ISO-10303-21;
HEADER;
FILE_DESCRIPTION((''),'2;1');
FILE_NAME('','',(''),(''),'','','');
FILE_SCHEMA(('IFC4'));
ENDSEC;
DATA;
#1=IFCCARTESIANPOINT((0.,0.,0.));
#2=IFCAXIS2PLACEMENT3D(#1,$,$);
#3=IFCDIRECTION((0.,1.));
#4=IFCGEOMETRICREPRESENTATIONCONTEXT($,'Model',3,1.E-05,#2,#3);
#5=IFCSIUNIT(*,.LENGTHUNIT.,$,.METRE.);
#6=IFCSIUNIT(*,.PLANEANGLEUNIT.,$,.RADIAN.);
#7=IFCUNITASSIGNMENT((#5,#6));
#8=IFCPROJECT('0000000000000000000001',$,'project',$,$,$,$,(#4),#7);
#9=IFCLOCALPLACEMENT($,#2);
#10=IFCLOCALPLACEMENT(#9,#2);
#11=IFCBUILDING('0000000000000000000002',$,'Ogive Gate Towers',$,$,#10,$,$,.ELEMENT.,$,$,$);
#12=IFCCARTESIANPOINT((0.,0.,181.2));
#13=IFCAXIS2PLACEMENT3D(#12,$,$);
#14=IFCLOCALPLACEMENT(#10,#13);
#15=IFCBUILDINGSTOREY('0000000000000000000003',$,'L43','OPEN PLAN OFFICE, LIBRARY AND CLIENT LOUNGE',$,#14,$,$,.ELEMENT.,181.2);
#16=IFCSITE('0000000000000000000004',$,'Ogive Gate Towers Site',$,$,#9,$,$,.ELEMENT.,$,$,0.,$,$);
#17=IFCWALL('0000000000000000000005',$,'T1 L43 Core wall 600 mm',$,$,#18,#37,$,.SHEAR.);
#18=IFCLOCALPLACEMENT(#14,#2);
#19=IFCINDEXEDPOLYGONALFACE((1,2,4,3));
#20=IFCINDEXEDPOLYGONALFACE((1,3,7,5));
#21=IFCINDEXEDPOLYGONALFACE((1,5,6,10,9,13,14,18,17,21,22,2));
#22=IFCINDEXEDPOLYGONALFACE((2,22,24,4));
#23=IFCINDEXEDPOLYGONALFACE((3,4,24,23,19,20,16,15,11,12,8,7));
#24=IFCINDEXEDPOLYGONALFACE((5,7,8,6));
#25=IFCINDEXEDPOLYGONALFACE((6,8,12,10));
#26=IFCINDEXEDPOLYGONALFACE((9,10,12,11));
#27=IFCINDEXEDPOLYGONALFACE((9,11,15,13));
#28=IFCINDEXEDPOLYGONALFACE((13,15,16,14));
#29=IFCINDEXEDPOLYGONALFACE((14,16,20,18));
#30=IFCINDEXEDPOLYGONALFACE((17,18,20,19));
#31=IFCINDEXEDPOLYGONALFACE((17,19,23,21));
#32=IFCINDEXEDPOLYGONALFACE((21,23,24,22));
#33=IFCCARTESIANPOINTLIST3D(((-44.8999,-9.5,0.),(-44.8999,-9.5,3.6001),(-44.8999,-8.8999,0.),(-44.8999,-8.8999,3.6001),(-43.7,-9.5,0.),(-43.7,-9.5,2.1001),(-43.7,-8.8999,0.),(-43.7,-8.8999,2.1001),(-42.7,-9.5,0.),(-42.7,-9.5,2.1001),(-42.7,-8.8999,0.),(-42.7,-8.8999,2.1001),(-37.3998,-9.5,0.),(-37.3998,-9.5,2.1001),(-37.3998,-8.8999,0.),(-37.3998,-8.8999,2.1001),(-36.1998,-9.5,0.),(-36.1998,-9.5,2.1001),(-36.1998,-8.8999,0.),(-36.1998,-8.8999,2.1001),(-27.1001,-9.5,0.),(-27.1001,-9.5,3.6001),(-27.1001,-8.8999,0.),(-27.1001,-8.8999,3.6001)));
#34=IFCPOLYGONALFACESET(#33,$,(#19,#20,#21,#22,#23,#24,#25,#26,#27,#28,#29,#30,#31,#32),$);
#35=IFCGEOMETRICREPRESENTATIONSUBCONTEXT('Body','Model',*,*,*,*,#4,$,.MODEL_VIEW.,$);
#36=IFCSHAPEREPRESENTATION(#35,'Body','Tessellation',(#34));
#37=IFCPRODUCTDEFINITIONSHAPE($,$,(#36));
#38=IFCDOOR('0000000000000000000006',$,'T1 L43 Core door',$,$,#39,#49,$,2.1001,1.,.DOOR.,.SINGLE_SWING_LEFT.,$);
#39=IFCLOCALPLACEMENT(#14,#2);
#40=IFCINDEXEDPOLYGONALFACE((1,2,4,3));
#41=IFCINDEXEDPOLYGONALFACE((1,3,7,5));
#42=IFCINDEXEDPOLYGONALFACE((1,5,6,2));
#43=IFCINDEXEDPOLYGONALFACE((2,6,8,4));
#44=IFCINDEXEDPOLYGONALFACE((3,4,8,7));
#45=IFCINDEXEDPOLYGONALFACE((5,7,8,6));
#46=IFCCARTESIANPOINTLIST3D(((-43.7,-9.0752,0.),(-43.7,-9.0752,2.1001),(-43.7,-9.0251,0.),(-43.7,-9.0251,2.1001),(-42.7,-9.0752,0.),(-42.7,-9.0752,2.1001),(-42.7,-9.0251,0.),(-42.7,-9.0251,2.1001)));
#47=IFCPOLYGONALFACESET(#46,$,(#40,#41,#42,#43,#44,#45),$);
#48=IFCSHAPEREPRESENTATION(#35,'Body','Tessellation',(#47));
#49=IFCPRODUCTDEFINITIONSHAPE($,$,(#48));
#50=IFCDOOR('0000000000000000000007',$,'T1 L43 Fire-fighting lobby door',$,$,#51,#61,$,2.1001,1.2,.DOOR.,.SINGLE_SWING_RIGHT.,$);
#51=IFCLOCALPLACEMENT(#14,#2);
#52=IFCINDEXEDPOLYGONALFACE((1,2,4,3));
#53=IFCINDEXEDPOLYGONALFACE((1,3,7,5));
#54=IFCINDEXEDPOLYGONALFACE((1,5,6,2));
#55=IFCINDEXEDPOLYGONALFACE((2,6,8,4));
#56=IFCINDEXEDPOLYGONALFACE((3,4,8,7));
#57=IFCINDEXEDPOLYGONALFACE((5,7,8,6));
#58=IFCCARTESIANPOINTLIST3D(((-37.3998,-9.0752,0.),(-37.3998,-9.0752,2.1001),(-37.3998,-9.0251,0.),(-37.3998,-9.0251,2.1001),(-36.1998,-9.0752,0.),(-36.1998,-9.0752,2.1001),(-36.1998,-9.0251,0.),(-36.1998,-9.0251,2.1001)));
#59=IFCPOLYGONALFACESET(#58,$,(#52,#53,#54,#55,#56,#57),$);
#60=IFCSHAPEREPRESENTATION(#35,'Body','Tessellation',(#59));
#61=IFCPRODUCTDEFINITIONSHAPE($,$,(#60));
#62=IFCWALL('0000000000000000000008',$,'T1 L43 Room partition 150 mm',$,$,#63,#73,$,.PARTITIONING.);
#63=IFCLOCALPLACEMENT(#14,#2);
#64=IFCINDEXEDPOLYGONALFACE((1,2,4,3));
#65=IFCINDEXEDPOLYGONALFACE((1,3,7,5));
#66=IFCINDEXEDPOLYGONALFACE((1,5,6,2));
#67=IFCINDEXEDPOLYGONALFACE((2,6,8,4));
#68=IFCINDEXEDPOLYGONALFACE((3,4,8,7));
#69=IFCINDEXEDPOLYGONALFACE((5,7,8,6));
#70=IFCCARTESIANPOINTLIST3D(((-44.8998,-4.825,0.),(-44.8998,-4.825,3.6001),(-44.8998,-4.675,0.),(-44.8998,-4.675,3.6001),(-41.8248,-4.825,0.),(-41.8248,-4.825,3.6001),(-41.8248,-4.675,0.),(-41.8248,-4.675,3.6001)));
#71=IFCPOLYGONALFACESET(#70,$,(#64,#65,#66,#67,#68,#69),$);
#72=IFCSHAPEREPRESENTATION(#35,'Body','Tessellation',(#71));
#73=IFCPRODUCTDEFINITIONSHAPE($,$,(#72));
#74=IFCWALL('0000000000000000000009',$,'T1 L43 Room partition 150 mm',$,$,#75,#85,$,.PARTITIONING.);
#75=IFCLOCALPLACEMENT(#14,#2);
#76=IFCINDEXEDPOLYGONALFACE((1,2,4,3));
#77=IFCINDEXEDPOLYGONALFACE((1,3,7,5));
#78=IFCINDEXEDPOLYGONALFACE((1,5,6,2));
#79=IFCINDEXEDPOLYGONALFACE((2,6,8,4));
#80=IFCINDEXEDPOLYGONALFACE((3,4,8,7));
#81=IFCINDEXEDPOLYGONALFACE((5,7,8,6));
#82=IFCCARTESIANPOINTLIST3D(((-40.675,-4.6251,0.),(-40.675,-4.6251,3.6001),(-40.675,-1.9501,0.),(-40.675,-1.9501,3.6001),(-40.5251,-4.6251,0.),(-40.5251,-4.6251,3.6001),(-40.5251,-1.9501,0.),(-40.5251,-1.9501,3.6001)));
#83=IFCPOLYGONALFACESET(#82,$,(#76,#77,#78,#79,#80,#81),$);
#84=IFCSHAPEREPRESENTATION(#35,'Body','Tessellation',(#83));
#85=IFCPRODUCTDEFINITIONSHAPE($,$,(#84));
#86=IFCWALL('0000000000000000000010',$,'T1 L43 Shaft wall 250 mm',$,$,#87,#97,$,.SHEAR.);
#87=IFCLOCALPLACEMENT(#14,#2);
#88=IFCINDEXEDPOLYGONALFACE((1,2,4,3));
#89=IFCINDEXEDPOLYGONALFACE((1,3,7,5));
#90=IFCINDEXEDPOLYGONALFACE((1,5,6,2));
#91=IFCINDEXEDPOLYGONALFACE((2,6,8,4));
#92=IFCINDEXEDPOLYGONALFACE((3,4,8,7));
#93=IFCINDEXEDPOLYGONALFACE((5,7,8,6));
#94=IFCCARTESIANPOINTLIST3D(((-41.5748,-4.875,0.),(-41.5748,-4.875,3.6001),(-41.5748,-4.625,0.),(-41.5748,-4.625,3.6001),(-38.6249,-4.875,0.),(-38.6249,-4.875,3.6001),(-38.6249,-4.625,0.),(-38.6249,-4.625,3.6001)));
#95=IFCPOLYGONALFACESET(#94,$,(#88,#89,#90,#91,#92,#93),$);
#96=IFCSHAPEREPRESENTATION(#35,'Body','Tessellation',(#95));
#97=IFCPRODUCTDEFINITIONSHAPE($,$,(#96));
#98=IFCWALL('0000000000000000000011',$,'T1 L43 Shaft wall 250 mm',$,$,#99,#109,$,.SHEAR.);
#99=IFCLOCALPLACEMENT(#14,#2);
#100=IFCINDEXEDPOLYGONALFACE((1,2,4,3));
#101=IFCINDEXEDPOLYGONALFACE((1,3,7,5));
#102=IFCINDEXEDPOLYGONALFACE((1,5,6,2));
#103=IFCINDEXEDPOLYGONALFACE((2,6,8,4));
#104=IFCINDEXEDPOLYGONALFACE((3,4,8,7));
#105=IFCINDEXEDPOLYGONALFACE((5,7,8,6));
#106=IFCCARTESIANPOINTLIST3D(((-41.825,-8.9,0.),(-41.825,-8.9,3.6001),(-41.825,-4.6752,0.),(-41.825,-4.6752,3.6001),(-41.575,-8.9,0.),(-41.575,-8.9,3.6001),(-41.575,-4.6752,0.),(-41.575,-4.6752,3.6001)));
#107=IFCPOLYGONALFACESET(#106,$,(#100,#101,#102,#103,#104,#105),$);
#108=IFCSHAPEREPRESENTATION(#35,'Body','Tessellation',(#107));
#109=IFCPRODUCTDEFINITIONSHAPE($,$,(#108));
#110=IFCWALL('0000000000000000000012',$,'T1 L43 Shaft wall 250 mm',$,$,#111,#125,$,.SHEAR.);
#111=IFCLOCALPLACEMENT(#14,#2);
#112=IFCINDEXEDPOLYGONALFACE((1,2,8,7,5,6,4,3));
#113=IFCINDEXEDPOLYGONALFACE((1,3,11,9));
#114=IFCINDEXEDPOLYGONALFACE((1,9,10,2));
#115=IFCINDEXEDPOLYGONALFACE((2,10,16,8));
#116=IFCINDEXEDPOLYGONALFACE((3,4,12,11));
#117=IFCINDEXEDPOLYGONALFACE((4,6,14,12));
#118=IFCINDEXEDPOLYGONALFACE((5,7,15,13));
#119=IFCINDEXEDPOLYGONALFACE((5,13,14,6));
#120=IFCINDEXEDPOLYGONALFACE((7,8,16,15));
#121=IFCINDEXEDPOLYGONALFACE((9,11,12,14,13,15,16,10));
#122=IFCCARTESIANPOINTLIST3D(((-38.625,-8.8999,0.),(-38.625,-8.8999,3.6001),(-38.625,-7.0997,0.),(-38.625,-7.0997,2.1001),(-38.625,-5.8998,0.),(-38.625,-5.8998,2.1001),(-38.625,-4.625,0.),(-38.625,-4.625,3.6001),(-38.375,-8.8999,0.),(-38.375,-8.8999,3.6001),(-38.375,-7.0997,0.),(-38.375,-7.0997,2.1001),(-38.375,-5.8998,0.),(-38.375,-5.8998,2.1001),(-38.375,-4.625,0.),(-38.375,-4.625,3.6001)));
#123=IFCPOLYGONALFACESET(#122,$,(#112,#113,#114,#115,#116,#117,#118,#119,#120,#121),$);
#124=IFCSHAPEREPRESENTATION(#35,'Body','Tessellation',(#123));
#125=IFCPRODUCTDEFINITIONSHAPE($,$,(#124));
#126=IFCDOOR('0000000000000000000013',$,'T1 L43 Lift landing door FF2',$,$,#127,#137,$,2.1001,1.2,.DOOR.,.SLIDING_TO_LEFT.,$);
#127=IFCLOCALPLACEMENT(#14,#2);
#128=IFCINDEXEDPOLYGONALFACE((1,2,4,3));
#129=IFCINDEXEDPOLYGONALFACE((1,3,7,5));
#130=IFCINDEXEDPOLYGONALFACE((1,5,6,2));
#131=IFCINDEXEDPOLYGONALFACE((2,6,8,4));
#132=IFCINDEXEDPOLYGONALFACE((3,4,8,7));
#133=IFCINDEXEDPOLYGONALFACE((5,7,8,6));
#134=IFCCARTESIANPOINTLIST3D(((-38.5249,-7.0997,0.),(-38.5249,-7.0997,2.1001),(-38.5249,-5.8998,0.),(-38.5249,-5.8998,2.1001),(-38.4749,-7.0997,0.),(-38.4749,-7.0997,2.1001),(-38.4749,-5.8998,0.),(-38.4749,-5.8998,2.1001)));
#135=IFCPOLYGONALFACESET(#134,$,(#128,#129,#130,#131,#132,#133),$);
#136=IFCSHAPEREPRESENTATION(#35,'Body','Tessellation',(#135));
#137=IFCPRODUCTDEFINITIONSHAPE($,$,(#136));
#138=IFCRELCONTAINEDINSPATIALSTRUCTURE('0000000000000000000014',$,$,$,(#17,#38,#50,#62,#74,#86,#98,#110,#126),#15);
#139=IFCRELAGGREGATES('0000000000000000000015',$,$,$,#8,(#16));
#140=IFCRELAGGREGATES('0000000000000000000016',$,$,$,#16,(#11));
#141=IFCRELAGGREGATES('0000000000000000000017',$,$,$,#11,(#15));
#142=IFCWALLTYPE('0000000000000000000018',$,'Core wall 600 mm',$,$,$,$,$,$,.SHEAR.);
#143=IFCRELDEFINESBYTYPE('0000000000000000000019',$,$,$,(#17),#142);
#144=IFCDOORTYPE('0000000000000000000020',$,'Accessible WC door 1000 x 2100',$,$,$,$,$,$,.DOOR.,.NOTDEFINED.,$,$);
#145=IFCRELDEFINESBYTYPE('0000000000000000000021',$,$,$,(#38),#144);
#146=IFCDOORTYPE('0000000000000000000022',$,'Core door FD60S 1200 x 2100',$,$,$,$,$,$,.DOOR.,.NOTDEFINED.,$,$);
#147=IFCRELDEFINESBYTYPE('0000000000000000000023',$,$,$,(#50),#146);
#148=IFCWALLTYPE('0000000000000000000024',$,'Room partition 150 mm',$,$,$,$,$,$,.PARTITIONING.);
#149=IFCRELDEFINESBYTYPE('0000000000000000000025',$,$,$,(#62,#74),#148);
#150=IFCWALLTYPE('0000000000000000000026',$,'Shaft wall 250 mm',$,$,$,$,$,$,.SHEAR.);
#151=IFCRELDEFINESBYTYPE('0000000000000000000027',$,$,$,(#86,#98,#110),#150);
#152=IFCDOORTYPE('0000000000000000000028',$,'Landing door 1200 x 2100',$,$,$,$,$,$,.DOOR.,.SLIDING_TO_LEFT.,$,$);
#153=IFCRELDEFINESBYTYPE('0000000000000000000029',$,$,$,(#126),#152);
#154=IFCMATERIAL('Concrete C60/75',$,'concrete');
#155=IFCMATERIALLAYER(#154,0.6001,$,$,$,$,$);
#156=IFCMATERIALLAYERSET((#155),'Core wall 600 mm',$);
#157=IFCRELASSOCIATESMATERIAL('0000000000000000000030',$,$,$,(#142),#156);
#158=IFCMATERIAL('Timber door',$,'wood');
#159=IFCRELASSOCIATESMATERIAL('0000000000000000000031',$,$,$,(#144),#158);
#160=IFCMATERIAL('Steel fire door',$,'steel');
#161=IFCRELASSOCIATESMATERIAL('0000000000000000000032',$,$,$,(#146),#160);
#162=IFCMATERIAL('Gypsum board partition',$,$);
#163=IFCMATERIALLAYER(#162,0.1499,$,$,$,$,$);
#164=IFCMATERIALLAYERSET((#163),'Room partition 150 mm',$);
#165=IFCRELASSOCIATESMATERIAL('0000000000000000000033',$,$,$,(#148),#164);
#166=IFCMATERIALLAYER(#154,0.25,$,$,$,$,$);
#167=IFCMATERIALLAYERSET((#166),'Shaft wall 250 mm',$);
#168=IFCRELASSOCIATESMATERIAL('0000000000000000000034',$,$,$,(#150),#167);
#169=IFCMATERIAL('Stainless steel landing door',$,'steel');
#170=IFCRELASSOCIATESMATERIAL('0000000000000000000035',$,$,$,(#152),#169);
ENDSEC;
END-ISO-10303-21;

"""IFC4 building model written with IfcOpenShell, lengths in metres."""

from ifc_helpers import new_model, si_unit, direction, frame, frame_2d, origin, place, context, subcontext, project, spatial, rectangle, extrude, material, layer, layer_set, type_object, element, fill, save


model = new_model("IFC4")

# Units and contexts
model_context = context("Model", 3, precision=1e-05, world=origin(), true_north=direction((0.0, 1.0)))
body_context = subcontext(model_context, "Body", "Model", "MODEL_VIEW")
ifc_project = project(units=[si_unit("LENGTHUNIT", "METRE"), si_unit("PLANEANGLEUNIT", "RADIAN")], contexts=[model_context])

# Site, building, storey
site_placement = place(None, origin())
site = spatial("IfcSite", under=ifc_project, at=site_placement, Name="Ogive Gate Towers Site", CompositionType="ELEMENT", RefElevation=0.0)
building_placement = place(site_placement, origin())
building = spatial("IfcBuilding", under=site, at=building_placement, Name="Ogive Gate Towers", CompositionType="ELEMENT")
storey_placement = place(building_placement, frame((0.0, 0.0, 181.2)))
storey = spatial("IfcBuildingStorey", under=building, at=storey_placement, Name="L43", Description="OPEN PLAN OFFICE, LIBRARY AND CLIENT LOUNGE", CompositionType="ELEMENT", Elevation=181.2)

# Shared definitions
ifc_material_1 = material(Name="Timber door", Category="wood")

# Wall, openings, doors
ifc_material_2 = material(Name="Concrete C60/75", Category="concrete")
ifc_layer_1 = layer(ifc_material_2, 0.6001)
ifc_layer_set_1 = layer_set([ifc_layer_1], Name="Core wall 600 mm")
wall_type_1 = type_object("IfcWallType", Name="Core wall 600 mm", PredefinedType="SHEAR", material=ifc_layer_set_1)
wall_1_placement = place(storey_placement, frame((-44.8999, -9.2, 0.0), z_axis=(0.0, 0.0, 1.0), x_axis=(1.0, 0.0, 0.0)))
wall_1 = element("IfcWall", 1, at=wall_1_placement, inside=storey, type_object=wall_type_1, Name="T1 L43 Core wall 600 mm", PredefinedType="SHEAR", context=body_context, shape_type="SweptSolid", body=[
    extrude(rectangle(XDim=17.7998, YDim=0.6001, at=frame_2d((8.8999, 0.0))), origin(), (0.0, 0.0, 1.0), 3.6001),
])
opening_1_placement = place(wall_1_placement, frame((7.5, 0.0, 0.0)))
opening_1 = element("IfcOpeningElement", 2, at=opening_1_placement, cuts=wall_1, PredefinedType="OPENING", context=body_context, shape_type="SweptSolid", body=[
    extrude(rectangle(XDim=1.2, YDim=2.1001, at=frame_2d((0.6001, 1.05))), frame((0.0, 0.3101, 0.0), z_axis=(0.0, -1.0, 0.0), x_axis=(1.0, 0.0, 0.0)), (0.0, 0.0, 1.0), 0.6201),
])
opening_2_placement = place(wall_1_placement, frame((1.2, 0.0, 0.0)))
opening_2 = element("IfcOpeningElement", 3, at=opening_2_placement, cuts=wall_1, PredefinedType="OPENING", context=body_context, shape_type="SweptSolid", body=[
    extrude(rectangle(XDim=1.0, YDim=2.1001, at=frame_2d((0.5, 1.05))), frame((0.0, 0.3101, 0.0), z_axis=(0.0, -1.0, 0.0), x_axis=(1.0, 0.0, 0.0)), (0.0, 0.0, 1.0), 0.6201),
])
door_type_1 = type_object("IfcDoorType", Name="Accessible WC door 1000 x 2100", OperationType="NOTDEFINED", PredefinedType="DOOR", material=ifc_material_1)
door_1_placement = place(opening_2_placement, origin())
door_1 = element("IfcDoor", 4, at=door_1_placement, inside=storey, type_object=door_type_1, Name="T1 L43 Core door", OperationType="SINGLE_SWING_LEFT", OverallHeight=2.1001, OverallWidth=1.0, PredefinedType="DOOR", context=body_context, shape_type="SweptSolid", body=[
    extrude(rectangle(XDim=1.0, YDim=2.1001, at=frame_2d((0.5, 1.05))), frame((0.0, 0.1748, 0.0), z_axis=(0.0, -1.0, 0.0), x_axis=(1.0, 0.0, 0.0)), (0.0, 0.0, 1.0), 0.05),
])
fill(opening_2, door_1)
ifc_material_3 = material(Name="Steel fire door", Category="steel")
door_type_2 = type_object("IfcDoorType", Name="Core door FD60S 1200 x 2100", OperationType="NOTDEFINED", PredefinedType="DOOR", material=ifc_material_3)
door_2_placement = place(opening_1_placement, origin())
door_2 = element("IfcDoor", 5, at=door_2_placement, inside=storey, type_object=door_type_2, Name="T1 L43 Fire-fighting lobby door", OperationType="SINGLE_SWING_RIGHT", OverallHeight=2.1001, OverallWidth=1.2, PredefinedType="DOOR", context=body_context, shape_type="SweptSolid", body=[
    extrude(rectangle(XDim=1.2, YDim=2.1001, at=frame_2d((0.6001, 1.05))), frame((0.0, 0.1748, 0.0), z_axis=(0.0, -1.0, 0.0), x_axis=(1.0, 0.0, 0.0)), (0.0, 0.0, 1.0), 0.05),
])
fill(opening_1, door_2)

# Walls
ifc_material_4 = material(Name="Gypsum board partition")
ifc_layer_2 = layer(ifc_material_4, 0.1499)
ifc_layer_set_2 = layer_set([ifc_layer_2], Name="Room partition 150 mm")
wall_type_2 = type_object("IfcWallType", Name="Room partition 150 mm", PredefinedType="PARTITIONING", material=ifc_layer_set_2)
wall_2_placement = place(storey_placement, frame((-44.8999, -4.75, 0.0), z_axis=(0.0, 0.0, 1.0), x_axis=(1.0, 0.0, 0.0)))
element("IfcWall", 6, at=wall_2_placement, inside=storey, type_object=wall_type_2, Name="T1 L43 Room partition 150 mm", PredefinedType="PARTITIONING", context=body_context, shape_type="SweptSolid", body=[
    extrude(rectangle(XDim=3.075, YDim=0.1499, at=frame_2d((1.5376, 0.0))), origin(), (0.0, 0.0, 1.0), 3.6001),
])
wall_3_placement = place(storey_placement, frame((-40.6001, -4.625, 0.0), z_axis=(0.0, 0.0, 1.0), x_axis=(0.0, 1.0, 0.0)))
element("IfcWall", 7, at=wall_3_placement, inside=storey, type_object=wall_type_2, Name="T1 L43 Room partition 150 mm", PredefinedType="PARTITIONING", context=body_context, shape_type="SweptSolid", body=[
    extrude(rectangle(XDim=2.675, YDim=0.1499, at=frame_2d((1.3374, 0.0))), origin(), (0.0, 0.0, 1.0), 3.6001),
])
ifc_layer_3 = layer(ifc_material_2, 0.25)
ifc_layer_set_3 = layer_set([ifc_layer_3], Name="Shaft wall 250 mm")
wall_type_3 = type_object("IfcWallType", Name="Shaft wall 250 mm", PredefinedType="SHEAR", material=ifc_layer_set_3)
wall_4_placement = place(storey_placement, frame((-41.575, -4.75, 0.0), z_axis=(0.0, 0.0, 1.0), x_axis=(1.0, 0.0, 0.0)))
element("IfcWall", 8, at=wall_4_placement, inside=storey, type_object=wall_type_3, Name="T1 L43 Shaft wall 250 mm", PredefinedType="SHEAR", context=body_context, shape_type="SweptSolid", body=[
    extrude(rectangle(XDim=2.95, YDim=0.25, at=frame_2d((1.4751, 0.0))), origin(), (0.0, 0.0, 1.0), 3.6001),
])
wall_5_placement = place(storey_placement, frame((-41.7, -8.8999, 0.0), z_axis=(0.0, 0.0, 1.0), x_axis=(0.0, 1.0, 0.0)))
element("IfcWall", 9, at=wall_5_placement, inside=storey, type_object=wall_type_3, Name="T1 L43 Shaft wall 250 mm", PredefinedType="SHEAR", context=body_context, shape_type="SweptSolid", body=[
    extrude(rectangle(XDim=4.2249, YDim=0.25, at=frame_2d((2.1123, 0.0))), origin(), (0.0, 0.0, 1.0), 3.6001),
])

# Wall, opening, door
wall_6_placement = place(storey_placement, frame((-38.5, -8.8999, 0.0), z_axis=(0.0, 0.0, 1.0), x_axis=(0.0, 1.0, 0.0)))
wall_6 = element("IfcWall", 10, at=wall_6_placement, inside=storey, type_object=wall_type_3, Name="T1 L43 Shaft wall 250 mm", PredefinedType="SHEAR", context=body_context, shape_type="SweptSolid", body=[
    extrude(rectangle(XDim=4.2749, YDim=0.25, at=frame_2d((2.1375, 0.0))), origin(), (0.0, 0.0, 1.0), 3.6001),
])
opening_3_placement = place(wall_6_placement, frame((1.8, 0.0, 0.0)))
opening_3 = element("IfcOpeningElement", 11, at=opening_3_placement, cuts=wall_6, PredefinedType="OPENING", context=body_context, shape_type="SweptSolid", body=[
    extrude(rectangle(XDim=1.2, YDim=2.1001, at=frame_2d((0.6001, 1.05))), frame((0.0, 0.135, 0.0), z_axis=(0.0, -1.0, 0.0), x_axis=(1.0, 0.0, 0.0)), (0.0, 0.0, 1.0), 0.27),
])
ifc_material_5 = material(Name="Stainless steel landing door", Category="steel")
door_type_3 = type_object("IfcDoorType", Name="Landing door 1200 x 2100", OperationType="SLIDING_TO_LEFT", PredefinedType="DOOR", material=ifc_material_5)
door_3_placement = place(opening_3_placement, origin())
door_3 = element("IfcDoor", 12, at=door_3_placement, inside=storey, type_object=door_type_3, Name="T1 L43 Lift landing door FF2", OperationType="SLIDING_TO_LEFT", OverallHeight=2.1001, OverallWidth=1.2, PredefinedType="DOOR", context=body_context, shape_type="SweptSolid", body=[
    extrude(rectangle(XDim=1.2, YDim=2.1001, at=frame_2d((0.6001, 1.05))), frame((0.0, 0.0249, 0.0), z_axis=(0.0, -1.0, 0.0), x_axis=(1.0, 0.0, 0.0)), (0.0, 0.0, 1.0), 0.05),
])
fill(opening_3, door_3)

save(model, "model.ifc")
